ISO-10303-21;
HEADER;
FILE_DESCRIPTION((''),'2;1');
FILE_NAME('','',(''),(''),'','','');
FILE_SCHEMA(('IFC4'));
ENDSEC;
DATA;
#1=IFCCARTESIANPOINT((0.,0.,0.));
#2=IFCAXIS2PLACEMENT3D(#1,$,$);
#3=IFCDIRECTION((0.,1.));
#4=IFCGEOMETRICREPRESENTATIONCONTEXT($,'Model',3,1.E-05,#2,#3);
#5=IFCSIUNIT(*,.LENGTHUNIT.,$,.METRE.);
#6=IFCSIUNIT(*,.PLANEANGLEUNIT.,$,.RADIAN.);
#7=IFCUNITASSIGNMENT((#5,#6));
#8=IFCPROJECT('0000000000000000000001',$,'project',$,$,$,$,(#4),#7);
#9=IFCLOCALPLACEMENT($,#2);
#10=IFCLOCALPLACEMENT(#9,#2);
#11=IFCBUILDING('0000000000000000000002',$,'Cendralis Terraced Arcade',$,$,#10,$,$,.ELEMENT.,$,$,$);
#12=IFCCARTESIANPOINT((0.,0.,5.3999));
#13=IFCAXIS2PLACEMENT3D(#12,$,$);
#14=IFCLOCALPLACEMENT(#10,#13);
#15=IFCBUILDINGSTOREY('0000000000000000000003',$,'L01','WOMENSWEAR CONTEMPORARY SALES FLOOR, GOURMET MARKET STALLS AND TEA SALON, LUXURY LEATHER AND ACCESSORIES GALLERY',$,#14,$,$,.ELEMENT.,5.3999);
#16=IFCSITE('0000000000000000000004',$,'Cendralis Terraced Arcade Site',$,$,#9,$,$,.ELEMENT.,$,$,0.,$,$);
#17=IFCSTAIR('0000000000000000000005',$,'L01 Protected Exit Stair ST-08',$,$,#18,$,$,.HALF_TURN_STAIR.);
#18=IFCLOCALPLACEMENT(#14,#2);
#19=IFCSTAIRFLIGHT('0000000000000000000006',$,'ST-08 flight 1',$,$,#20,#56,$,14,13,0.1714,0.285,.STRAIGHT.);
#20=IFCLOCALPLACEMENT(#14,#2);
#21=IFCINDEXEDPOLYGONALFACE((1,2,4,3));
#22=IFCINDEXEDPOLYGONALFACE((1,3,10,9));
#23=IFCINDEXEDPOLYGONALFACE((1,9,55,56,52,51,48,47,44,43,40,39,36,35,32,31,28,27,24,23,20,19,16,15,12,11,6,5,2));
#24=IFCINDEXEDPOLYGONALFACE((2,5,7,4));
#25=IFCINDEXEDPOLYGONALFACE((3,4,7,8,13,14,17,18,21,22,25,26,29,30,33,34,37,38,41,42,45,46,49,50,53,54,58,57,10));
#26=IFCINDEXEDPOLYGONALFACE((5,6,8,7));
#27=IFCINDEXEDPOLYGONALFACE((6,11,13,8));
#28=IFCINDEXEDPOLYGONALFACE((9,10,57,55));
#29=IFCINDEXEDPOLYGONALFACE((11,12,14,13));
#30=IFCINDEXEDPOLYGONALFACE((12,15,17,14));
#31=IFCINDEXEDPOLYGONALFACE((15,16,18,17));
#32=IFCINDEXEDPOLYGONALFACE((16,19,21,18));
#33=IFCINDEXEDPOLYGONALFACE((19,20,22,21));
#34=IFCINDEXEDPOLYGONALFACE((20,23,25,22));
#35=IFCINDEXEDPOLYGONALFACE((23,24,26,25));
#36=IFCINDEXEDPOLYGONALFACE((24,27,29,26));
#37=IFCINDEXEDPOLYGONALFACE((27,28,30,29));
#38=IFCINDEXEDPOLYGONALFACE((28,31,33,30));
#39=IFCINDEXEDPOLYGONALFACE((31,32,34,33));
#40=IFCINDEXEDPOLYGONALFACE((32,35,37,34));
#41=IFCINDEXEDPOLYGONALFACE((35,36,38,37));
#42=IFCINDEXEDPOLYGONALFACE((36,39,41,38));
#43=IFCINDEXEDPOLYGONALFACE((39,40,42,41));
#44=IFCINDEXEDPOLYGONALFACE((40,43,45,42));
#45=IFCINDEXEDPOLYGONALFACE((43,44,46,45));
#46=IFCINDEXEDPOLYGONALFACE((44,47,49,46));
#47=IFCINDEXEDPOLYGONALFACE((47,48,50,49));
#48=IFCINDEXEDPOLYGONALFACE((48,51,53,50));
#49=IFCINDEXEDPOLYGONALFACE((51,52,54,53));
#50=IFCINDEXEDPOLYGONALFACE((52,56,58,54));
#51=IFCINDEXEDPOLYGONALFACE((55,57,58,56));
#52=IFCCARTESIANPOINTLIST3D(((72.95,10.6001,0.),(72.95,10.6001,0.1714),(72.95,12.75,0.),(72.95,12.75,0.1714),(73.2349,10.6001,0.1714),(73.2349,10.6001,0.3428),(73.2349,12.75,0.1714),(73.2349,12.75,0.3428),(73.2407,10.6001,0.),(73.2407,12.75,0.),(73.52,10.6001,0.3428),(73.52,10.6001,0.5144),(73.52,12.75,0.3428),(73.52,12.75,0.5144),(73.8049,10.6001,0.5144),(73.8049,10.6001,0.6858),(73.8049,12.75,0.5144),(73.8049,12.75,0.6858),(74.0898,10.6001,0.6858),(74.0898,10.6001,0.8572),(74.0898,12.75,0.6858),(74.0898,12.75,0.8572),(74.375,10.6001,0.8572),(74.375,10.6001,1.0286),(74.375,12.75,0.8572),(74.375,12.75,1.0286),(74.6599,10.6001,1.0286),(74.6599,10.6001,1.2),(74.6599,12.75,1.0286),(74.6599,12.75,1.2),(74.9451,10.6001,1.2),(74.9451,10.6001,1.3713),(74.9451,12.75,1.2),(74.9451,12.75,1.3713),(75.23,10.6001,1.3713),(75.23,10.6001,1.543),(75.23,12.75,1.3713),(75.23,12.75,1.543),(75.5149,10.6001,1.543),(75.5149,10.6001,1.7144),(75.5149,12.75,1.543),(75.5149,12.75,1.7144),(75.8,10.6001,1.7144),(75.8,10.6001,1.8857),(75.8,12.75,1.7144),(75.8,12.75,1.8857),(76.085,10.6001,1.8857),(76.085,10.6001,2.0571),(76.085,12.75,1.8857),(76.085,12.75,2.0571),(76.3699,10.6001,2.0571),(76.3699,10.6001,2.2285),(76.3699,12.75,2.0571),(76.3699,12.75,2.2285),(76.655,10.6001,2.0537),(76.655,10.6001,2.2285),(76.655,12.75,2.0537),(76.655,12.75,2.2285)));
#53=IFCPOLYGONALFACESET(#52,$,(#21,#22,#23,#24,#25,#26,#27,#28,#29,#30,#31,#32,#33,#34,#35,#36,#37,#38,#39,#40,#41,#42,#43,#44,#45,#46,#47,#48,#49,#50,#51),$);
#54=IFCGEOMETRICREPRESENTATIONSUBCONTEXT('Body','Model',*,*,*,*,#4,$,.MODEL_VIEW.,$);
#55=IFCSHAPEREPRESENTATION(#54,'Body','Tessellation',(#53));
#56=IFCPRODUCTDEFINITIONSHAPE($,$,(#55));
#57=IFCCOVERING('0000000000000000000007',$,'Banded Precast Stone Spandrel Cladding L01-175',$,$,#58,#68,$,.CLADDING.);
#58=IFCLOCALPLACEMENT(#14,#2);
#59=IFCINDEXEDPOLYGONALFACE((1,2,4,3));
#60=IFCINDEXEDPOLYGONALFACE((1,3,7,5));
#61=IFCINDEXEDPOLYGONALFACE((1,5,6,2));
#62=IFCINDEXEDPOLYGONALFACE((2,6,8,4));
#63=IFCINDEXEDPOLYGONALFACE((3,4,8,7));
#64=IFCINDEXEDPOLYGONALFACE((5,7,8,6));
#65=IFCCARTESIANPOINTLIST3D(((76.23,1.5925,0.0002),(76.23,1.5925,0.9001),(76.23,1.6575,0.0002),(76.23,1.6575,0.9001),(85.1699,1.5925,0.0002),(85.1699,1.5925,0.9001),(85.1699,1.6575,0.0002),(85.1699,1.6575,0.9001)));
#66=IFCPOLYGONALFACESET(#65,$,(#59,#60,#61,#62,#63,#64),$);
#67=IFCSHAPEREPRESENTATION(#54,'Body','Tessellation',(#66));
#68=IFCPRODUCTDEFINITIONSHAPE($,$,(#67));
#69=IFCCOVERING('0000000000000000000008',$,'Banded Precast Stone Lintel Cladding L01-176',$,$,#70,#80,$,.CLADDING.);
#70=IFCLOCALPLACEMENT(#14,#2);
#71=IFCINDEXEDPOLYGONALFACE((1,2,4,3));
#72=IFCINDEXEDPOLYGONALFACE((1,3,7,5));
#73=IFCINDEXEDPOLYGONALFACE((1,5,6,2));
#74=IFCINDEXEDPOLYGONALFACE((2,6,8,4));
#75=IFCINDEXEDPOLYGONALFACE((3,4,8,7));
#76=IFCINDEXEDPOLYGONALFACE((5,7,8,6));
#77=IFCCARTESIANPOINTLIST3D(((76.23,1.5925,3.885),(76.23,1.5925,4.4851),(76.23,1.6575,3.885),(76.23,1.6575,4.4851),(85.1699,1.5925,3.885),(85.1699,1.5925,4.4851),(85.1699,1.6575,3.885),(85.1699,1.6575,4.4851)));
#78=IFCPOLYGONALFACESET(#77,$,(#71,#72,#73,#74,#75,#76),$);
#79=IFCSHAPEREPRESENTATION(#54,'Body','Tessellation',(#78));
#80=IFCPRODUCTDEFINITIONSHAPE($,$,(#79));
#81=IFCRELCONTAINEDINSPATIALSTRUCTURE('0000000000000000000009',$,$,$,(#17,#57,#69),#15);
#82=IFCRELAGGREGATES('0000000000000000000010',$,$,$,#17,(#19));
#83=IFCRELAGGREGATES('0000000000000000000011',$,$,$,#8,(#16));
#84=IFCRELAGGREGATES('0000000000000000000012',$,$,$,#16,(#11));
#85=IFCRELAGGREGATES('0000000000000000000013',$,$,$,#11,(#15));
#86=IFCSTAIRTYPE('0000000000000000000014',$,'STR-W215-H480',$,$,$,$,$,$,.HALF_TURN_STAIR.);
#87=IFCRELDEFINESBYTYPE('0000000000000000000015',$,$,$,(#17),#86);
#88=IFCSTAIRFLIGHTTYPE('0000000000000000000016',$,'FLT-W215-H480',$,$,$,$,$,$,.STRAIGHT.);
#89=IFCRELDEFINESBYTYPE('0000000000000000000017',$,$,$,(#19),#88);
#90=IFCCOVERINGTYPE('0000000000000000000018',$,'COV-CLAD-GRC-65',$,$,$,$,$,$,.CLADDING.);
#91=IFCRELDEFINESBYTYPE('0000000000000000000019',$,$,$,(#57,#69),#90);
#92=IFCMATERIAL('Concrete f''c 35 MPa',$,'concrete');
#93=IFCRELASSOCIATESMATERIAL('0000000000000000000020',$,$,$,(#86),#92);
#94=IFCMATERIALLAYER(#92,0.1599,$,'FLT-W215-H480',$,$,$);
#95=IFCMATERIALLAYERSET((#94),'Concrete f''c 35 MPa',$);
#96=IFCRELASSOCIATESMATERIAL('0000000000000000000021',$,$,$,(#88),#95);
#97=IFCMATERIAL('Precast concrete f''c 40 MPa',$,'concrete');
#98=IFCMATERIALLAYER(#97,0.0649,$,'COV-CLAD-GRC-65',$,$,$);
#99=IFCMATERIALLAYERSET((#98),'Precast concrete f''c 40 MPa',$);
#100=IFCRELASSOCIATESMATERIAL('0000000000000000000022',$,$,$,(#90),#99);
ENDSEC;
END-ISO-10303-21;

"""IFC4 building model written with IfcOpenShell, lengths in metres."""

from ifc_helpers import new_model, si_unit, direction, frame, origin, origin_2d, place, context, subcontext, project, spatial, polyline, rectangle, outline, extrude, material, layer, layer_set, type_object, element, aggregate, save


model = new_model("IFC4")

# Units and contexts
model_context = context("Model", 3, precision=1e-05, world=origin(), true_north=direction((0.0, 1.0)))
body_context = subcontext(model_context, "Body", "Model", "MODEL_VIEW")
ifc_project = project(units=[si_unit("LENGTHUNIT", "METRE"), si_unit("PLANEANGLEUNIT", "RADIAN")], contexts=[model_context])

# Site, building, storey
site_placement = place(None, origin())
site = spatial("IfcSite", under=ifc_project, at=site_placement, Name="Cendralis Terraced Arcade Site", CompositionType="ELEMENT", RefElevation=0.0)
building_placement = place(site_placement, origin())
building = spatial("IfcBuilding", under=site, at=building_placement, Name="Cendralis Terraced Arcade", CompositionType="ELEMENT")
storey_placement = place(building_placement, frame((0.0, 0.0, 5.3999)))
storey = spatial("IfcBuildingStorey", under=building, at=storey_placement, Name="L01", Description="WOMENSWEAR CONTEMPORARY SALES FLOOR, GOURMET MARKET STALLS AND TEA SALON, LUXURY LEATHER AND ACCESSORIES GALLERY", CompositionType="ELEMENT", Elevation=5.3999)

# Shared definitions
ifc_material_1 = material(Name="Concrete f'c 35 MPa", Category="concrete")

# Stair, stair flight
stair_type = type_object("IfcStairType", Name="STR-W215-H480", PredefinedType="HALF_TURN_STAIR", material=ifc_material_1)
stair_placement = place(storey_placement, origin())
stair = element("IfcStair", 1, at=stair_placement, inside=storey, type_object=stair_type, Name="L01 Protected Exit Stair ST-08", PredefinedType="HALF_TURN_STAIR")
ifc_layer_1 = layer(ifc_material_1, 0.1599, Name="FLT-W215-H480")
ifc_layer_set_1 = layer_set([ifc_layer_1], Name="Concrete f'c 35 MPa")
stair_flight_type = type_object("IfcStairFlightType", Name="FLT-W215-H480", PredefinedType="STRAIGHT", material=ifc_layer_set_1)
stair_flight_placement = place(storey_placement, frame((72.95, 11.675, 0.0), z_axis=(0.0, 0.0, 1.0), x_axis=(1.0, 0.0, 0.0)))
stair_flight = element("IfcStairFlight", 2, at=stair_flight_placement, type_object=stair_flight_type, Name="ST-08 flight 1", NumberOfRisers=14, NumberOfTreads=13, PredefinedType="STRAIGHT", RiserHeight=0.1714, TreadLength=0.285, context=body_context, shape_type="SweptSolid", body=[
    extrude(outline(polyline([(0.0, 0.0), (0.0, 0.1714), (0.2849, 0.1714), (0.2849, 0.3428), (0.5701, 0.3428), (0.5701, 0.5144), (0.855, 0.5144), (0.855, 0.6858), (1.1399, 0.6858), (1.1399, 0.8572), (1.425, 0.8572), (1.425, 1.0286), (1.71, 1.0286), (1.71, 1.2), (1.9951, 1.2), (1.9951, 1.3713), (2.28, 1.3713), (2.28, 1.543), (2.5649, 1.543), (2.5649, 1.7144), (2.8501, 1.7144), (2.8501, 1.8857), (3.135, 1.8857), (3.135, 2.0571), (3.4199, 2.0571), (3.4199, 2.2285), (3.7051, 2.2285), (3.7051, 2.3999), (3.7051, 2.0537), (0.2908, 0.0), (0.0, 0.0)])), frame((0.0, 1.075, 0.0), z_axis=(0.0, -1.0, 0.0), x_axis=(1.0, 0.0, 0.0)), (0.0, 0.0, 1.0), 2.1499),
])
aggregate(stair, [stair_flight])

# Coverings
ifc_material_2 = material(Name="Precast concrete f'c 40 MPa", Category="concrete")
ifc_layer_2 = layer(ifc_material_2, 0.0649, Name="COV-CLAD-GRC-65")
ifc_layer_set_2 = layer_set([ifc_layer_2], Name="Precast concrete f'c 40 MPa")
covering_type = type_object("IfcCoveringType", Name="COV-CLAD-GRC-65", PredefinedType="CLADDING", material=ifc_layer_set_2)
covering_1_placement = place(storey_placement, frame((80.7, 1.625, 0.0002), z_axis=(0.0, 0.0, 1.0), x_axis=(-1.0, 0.0, 0.0)))
element("IfcCovering", 3, at=covering_1_placement, inside=storey, type_object=covering_type, Name="Banded Precast Stone Spandrel Cladding L01-175", PredefinedType="CLADDING", context=body_context, shape_type="SweptSolid", body=[
    extrude(rectangle(XDim=8.9399, YDim=0.0649, at=origin_2d()), origin(), (0.0, 0.0, 1.0), 0.8999),
])
covering_2_placement = place(storey_placement, frame((80.7, 1.625, 3.885), z_axis=(0.0, 0.0, 1.0), x_axis=(-1.0, 0.0, 0.0)))
element("IfcCovering", 4, at=covering_2_placement, inside=storey, type_object=covering_type, Name="Banded Precast Stone Lintel Cladding L01-176", PredefinedType="CLADDING", context=body_context, shape_type="SweptSolid", body=[
    extrude(rectangle(XDim=8.9399, YDim=0.0649, at=origin_2d()), origin(), (0.0, 0.0, 1.0), 0.6001),
])

save(model, "model.ifc")
